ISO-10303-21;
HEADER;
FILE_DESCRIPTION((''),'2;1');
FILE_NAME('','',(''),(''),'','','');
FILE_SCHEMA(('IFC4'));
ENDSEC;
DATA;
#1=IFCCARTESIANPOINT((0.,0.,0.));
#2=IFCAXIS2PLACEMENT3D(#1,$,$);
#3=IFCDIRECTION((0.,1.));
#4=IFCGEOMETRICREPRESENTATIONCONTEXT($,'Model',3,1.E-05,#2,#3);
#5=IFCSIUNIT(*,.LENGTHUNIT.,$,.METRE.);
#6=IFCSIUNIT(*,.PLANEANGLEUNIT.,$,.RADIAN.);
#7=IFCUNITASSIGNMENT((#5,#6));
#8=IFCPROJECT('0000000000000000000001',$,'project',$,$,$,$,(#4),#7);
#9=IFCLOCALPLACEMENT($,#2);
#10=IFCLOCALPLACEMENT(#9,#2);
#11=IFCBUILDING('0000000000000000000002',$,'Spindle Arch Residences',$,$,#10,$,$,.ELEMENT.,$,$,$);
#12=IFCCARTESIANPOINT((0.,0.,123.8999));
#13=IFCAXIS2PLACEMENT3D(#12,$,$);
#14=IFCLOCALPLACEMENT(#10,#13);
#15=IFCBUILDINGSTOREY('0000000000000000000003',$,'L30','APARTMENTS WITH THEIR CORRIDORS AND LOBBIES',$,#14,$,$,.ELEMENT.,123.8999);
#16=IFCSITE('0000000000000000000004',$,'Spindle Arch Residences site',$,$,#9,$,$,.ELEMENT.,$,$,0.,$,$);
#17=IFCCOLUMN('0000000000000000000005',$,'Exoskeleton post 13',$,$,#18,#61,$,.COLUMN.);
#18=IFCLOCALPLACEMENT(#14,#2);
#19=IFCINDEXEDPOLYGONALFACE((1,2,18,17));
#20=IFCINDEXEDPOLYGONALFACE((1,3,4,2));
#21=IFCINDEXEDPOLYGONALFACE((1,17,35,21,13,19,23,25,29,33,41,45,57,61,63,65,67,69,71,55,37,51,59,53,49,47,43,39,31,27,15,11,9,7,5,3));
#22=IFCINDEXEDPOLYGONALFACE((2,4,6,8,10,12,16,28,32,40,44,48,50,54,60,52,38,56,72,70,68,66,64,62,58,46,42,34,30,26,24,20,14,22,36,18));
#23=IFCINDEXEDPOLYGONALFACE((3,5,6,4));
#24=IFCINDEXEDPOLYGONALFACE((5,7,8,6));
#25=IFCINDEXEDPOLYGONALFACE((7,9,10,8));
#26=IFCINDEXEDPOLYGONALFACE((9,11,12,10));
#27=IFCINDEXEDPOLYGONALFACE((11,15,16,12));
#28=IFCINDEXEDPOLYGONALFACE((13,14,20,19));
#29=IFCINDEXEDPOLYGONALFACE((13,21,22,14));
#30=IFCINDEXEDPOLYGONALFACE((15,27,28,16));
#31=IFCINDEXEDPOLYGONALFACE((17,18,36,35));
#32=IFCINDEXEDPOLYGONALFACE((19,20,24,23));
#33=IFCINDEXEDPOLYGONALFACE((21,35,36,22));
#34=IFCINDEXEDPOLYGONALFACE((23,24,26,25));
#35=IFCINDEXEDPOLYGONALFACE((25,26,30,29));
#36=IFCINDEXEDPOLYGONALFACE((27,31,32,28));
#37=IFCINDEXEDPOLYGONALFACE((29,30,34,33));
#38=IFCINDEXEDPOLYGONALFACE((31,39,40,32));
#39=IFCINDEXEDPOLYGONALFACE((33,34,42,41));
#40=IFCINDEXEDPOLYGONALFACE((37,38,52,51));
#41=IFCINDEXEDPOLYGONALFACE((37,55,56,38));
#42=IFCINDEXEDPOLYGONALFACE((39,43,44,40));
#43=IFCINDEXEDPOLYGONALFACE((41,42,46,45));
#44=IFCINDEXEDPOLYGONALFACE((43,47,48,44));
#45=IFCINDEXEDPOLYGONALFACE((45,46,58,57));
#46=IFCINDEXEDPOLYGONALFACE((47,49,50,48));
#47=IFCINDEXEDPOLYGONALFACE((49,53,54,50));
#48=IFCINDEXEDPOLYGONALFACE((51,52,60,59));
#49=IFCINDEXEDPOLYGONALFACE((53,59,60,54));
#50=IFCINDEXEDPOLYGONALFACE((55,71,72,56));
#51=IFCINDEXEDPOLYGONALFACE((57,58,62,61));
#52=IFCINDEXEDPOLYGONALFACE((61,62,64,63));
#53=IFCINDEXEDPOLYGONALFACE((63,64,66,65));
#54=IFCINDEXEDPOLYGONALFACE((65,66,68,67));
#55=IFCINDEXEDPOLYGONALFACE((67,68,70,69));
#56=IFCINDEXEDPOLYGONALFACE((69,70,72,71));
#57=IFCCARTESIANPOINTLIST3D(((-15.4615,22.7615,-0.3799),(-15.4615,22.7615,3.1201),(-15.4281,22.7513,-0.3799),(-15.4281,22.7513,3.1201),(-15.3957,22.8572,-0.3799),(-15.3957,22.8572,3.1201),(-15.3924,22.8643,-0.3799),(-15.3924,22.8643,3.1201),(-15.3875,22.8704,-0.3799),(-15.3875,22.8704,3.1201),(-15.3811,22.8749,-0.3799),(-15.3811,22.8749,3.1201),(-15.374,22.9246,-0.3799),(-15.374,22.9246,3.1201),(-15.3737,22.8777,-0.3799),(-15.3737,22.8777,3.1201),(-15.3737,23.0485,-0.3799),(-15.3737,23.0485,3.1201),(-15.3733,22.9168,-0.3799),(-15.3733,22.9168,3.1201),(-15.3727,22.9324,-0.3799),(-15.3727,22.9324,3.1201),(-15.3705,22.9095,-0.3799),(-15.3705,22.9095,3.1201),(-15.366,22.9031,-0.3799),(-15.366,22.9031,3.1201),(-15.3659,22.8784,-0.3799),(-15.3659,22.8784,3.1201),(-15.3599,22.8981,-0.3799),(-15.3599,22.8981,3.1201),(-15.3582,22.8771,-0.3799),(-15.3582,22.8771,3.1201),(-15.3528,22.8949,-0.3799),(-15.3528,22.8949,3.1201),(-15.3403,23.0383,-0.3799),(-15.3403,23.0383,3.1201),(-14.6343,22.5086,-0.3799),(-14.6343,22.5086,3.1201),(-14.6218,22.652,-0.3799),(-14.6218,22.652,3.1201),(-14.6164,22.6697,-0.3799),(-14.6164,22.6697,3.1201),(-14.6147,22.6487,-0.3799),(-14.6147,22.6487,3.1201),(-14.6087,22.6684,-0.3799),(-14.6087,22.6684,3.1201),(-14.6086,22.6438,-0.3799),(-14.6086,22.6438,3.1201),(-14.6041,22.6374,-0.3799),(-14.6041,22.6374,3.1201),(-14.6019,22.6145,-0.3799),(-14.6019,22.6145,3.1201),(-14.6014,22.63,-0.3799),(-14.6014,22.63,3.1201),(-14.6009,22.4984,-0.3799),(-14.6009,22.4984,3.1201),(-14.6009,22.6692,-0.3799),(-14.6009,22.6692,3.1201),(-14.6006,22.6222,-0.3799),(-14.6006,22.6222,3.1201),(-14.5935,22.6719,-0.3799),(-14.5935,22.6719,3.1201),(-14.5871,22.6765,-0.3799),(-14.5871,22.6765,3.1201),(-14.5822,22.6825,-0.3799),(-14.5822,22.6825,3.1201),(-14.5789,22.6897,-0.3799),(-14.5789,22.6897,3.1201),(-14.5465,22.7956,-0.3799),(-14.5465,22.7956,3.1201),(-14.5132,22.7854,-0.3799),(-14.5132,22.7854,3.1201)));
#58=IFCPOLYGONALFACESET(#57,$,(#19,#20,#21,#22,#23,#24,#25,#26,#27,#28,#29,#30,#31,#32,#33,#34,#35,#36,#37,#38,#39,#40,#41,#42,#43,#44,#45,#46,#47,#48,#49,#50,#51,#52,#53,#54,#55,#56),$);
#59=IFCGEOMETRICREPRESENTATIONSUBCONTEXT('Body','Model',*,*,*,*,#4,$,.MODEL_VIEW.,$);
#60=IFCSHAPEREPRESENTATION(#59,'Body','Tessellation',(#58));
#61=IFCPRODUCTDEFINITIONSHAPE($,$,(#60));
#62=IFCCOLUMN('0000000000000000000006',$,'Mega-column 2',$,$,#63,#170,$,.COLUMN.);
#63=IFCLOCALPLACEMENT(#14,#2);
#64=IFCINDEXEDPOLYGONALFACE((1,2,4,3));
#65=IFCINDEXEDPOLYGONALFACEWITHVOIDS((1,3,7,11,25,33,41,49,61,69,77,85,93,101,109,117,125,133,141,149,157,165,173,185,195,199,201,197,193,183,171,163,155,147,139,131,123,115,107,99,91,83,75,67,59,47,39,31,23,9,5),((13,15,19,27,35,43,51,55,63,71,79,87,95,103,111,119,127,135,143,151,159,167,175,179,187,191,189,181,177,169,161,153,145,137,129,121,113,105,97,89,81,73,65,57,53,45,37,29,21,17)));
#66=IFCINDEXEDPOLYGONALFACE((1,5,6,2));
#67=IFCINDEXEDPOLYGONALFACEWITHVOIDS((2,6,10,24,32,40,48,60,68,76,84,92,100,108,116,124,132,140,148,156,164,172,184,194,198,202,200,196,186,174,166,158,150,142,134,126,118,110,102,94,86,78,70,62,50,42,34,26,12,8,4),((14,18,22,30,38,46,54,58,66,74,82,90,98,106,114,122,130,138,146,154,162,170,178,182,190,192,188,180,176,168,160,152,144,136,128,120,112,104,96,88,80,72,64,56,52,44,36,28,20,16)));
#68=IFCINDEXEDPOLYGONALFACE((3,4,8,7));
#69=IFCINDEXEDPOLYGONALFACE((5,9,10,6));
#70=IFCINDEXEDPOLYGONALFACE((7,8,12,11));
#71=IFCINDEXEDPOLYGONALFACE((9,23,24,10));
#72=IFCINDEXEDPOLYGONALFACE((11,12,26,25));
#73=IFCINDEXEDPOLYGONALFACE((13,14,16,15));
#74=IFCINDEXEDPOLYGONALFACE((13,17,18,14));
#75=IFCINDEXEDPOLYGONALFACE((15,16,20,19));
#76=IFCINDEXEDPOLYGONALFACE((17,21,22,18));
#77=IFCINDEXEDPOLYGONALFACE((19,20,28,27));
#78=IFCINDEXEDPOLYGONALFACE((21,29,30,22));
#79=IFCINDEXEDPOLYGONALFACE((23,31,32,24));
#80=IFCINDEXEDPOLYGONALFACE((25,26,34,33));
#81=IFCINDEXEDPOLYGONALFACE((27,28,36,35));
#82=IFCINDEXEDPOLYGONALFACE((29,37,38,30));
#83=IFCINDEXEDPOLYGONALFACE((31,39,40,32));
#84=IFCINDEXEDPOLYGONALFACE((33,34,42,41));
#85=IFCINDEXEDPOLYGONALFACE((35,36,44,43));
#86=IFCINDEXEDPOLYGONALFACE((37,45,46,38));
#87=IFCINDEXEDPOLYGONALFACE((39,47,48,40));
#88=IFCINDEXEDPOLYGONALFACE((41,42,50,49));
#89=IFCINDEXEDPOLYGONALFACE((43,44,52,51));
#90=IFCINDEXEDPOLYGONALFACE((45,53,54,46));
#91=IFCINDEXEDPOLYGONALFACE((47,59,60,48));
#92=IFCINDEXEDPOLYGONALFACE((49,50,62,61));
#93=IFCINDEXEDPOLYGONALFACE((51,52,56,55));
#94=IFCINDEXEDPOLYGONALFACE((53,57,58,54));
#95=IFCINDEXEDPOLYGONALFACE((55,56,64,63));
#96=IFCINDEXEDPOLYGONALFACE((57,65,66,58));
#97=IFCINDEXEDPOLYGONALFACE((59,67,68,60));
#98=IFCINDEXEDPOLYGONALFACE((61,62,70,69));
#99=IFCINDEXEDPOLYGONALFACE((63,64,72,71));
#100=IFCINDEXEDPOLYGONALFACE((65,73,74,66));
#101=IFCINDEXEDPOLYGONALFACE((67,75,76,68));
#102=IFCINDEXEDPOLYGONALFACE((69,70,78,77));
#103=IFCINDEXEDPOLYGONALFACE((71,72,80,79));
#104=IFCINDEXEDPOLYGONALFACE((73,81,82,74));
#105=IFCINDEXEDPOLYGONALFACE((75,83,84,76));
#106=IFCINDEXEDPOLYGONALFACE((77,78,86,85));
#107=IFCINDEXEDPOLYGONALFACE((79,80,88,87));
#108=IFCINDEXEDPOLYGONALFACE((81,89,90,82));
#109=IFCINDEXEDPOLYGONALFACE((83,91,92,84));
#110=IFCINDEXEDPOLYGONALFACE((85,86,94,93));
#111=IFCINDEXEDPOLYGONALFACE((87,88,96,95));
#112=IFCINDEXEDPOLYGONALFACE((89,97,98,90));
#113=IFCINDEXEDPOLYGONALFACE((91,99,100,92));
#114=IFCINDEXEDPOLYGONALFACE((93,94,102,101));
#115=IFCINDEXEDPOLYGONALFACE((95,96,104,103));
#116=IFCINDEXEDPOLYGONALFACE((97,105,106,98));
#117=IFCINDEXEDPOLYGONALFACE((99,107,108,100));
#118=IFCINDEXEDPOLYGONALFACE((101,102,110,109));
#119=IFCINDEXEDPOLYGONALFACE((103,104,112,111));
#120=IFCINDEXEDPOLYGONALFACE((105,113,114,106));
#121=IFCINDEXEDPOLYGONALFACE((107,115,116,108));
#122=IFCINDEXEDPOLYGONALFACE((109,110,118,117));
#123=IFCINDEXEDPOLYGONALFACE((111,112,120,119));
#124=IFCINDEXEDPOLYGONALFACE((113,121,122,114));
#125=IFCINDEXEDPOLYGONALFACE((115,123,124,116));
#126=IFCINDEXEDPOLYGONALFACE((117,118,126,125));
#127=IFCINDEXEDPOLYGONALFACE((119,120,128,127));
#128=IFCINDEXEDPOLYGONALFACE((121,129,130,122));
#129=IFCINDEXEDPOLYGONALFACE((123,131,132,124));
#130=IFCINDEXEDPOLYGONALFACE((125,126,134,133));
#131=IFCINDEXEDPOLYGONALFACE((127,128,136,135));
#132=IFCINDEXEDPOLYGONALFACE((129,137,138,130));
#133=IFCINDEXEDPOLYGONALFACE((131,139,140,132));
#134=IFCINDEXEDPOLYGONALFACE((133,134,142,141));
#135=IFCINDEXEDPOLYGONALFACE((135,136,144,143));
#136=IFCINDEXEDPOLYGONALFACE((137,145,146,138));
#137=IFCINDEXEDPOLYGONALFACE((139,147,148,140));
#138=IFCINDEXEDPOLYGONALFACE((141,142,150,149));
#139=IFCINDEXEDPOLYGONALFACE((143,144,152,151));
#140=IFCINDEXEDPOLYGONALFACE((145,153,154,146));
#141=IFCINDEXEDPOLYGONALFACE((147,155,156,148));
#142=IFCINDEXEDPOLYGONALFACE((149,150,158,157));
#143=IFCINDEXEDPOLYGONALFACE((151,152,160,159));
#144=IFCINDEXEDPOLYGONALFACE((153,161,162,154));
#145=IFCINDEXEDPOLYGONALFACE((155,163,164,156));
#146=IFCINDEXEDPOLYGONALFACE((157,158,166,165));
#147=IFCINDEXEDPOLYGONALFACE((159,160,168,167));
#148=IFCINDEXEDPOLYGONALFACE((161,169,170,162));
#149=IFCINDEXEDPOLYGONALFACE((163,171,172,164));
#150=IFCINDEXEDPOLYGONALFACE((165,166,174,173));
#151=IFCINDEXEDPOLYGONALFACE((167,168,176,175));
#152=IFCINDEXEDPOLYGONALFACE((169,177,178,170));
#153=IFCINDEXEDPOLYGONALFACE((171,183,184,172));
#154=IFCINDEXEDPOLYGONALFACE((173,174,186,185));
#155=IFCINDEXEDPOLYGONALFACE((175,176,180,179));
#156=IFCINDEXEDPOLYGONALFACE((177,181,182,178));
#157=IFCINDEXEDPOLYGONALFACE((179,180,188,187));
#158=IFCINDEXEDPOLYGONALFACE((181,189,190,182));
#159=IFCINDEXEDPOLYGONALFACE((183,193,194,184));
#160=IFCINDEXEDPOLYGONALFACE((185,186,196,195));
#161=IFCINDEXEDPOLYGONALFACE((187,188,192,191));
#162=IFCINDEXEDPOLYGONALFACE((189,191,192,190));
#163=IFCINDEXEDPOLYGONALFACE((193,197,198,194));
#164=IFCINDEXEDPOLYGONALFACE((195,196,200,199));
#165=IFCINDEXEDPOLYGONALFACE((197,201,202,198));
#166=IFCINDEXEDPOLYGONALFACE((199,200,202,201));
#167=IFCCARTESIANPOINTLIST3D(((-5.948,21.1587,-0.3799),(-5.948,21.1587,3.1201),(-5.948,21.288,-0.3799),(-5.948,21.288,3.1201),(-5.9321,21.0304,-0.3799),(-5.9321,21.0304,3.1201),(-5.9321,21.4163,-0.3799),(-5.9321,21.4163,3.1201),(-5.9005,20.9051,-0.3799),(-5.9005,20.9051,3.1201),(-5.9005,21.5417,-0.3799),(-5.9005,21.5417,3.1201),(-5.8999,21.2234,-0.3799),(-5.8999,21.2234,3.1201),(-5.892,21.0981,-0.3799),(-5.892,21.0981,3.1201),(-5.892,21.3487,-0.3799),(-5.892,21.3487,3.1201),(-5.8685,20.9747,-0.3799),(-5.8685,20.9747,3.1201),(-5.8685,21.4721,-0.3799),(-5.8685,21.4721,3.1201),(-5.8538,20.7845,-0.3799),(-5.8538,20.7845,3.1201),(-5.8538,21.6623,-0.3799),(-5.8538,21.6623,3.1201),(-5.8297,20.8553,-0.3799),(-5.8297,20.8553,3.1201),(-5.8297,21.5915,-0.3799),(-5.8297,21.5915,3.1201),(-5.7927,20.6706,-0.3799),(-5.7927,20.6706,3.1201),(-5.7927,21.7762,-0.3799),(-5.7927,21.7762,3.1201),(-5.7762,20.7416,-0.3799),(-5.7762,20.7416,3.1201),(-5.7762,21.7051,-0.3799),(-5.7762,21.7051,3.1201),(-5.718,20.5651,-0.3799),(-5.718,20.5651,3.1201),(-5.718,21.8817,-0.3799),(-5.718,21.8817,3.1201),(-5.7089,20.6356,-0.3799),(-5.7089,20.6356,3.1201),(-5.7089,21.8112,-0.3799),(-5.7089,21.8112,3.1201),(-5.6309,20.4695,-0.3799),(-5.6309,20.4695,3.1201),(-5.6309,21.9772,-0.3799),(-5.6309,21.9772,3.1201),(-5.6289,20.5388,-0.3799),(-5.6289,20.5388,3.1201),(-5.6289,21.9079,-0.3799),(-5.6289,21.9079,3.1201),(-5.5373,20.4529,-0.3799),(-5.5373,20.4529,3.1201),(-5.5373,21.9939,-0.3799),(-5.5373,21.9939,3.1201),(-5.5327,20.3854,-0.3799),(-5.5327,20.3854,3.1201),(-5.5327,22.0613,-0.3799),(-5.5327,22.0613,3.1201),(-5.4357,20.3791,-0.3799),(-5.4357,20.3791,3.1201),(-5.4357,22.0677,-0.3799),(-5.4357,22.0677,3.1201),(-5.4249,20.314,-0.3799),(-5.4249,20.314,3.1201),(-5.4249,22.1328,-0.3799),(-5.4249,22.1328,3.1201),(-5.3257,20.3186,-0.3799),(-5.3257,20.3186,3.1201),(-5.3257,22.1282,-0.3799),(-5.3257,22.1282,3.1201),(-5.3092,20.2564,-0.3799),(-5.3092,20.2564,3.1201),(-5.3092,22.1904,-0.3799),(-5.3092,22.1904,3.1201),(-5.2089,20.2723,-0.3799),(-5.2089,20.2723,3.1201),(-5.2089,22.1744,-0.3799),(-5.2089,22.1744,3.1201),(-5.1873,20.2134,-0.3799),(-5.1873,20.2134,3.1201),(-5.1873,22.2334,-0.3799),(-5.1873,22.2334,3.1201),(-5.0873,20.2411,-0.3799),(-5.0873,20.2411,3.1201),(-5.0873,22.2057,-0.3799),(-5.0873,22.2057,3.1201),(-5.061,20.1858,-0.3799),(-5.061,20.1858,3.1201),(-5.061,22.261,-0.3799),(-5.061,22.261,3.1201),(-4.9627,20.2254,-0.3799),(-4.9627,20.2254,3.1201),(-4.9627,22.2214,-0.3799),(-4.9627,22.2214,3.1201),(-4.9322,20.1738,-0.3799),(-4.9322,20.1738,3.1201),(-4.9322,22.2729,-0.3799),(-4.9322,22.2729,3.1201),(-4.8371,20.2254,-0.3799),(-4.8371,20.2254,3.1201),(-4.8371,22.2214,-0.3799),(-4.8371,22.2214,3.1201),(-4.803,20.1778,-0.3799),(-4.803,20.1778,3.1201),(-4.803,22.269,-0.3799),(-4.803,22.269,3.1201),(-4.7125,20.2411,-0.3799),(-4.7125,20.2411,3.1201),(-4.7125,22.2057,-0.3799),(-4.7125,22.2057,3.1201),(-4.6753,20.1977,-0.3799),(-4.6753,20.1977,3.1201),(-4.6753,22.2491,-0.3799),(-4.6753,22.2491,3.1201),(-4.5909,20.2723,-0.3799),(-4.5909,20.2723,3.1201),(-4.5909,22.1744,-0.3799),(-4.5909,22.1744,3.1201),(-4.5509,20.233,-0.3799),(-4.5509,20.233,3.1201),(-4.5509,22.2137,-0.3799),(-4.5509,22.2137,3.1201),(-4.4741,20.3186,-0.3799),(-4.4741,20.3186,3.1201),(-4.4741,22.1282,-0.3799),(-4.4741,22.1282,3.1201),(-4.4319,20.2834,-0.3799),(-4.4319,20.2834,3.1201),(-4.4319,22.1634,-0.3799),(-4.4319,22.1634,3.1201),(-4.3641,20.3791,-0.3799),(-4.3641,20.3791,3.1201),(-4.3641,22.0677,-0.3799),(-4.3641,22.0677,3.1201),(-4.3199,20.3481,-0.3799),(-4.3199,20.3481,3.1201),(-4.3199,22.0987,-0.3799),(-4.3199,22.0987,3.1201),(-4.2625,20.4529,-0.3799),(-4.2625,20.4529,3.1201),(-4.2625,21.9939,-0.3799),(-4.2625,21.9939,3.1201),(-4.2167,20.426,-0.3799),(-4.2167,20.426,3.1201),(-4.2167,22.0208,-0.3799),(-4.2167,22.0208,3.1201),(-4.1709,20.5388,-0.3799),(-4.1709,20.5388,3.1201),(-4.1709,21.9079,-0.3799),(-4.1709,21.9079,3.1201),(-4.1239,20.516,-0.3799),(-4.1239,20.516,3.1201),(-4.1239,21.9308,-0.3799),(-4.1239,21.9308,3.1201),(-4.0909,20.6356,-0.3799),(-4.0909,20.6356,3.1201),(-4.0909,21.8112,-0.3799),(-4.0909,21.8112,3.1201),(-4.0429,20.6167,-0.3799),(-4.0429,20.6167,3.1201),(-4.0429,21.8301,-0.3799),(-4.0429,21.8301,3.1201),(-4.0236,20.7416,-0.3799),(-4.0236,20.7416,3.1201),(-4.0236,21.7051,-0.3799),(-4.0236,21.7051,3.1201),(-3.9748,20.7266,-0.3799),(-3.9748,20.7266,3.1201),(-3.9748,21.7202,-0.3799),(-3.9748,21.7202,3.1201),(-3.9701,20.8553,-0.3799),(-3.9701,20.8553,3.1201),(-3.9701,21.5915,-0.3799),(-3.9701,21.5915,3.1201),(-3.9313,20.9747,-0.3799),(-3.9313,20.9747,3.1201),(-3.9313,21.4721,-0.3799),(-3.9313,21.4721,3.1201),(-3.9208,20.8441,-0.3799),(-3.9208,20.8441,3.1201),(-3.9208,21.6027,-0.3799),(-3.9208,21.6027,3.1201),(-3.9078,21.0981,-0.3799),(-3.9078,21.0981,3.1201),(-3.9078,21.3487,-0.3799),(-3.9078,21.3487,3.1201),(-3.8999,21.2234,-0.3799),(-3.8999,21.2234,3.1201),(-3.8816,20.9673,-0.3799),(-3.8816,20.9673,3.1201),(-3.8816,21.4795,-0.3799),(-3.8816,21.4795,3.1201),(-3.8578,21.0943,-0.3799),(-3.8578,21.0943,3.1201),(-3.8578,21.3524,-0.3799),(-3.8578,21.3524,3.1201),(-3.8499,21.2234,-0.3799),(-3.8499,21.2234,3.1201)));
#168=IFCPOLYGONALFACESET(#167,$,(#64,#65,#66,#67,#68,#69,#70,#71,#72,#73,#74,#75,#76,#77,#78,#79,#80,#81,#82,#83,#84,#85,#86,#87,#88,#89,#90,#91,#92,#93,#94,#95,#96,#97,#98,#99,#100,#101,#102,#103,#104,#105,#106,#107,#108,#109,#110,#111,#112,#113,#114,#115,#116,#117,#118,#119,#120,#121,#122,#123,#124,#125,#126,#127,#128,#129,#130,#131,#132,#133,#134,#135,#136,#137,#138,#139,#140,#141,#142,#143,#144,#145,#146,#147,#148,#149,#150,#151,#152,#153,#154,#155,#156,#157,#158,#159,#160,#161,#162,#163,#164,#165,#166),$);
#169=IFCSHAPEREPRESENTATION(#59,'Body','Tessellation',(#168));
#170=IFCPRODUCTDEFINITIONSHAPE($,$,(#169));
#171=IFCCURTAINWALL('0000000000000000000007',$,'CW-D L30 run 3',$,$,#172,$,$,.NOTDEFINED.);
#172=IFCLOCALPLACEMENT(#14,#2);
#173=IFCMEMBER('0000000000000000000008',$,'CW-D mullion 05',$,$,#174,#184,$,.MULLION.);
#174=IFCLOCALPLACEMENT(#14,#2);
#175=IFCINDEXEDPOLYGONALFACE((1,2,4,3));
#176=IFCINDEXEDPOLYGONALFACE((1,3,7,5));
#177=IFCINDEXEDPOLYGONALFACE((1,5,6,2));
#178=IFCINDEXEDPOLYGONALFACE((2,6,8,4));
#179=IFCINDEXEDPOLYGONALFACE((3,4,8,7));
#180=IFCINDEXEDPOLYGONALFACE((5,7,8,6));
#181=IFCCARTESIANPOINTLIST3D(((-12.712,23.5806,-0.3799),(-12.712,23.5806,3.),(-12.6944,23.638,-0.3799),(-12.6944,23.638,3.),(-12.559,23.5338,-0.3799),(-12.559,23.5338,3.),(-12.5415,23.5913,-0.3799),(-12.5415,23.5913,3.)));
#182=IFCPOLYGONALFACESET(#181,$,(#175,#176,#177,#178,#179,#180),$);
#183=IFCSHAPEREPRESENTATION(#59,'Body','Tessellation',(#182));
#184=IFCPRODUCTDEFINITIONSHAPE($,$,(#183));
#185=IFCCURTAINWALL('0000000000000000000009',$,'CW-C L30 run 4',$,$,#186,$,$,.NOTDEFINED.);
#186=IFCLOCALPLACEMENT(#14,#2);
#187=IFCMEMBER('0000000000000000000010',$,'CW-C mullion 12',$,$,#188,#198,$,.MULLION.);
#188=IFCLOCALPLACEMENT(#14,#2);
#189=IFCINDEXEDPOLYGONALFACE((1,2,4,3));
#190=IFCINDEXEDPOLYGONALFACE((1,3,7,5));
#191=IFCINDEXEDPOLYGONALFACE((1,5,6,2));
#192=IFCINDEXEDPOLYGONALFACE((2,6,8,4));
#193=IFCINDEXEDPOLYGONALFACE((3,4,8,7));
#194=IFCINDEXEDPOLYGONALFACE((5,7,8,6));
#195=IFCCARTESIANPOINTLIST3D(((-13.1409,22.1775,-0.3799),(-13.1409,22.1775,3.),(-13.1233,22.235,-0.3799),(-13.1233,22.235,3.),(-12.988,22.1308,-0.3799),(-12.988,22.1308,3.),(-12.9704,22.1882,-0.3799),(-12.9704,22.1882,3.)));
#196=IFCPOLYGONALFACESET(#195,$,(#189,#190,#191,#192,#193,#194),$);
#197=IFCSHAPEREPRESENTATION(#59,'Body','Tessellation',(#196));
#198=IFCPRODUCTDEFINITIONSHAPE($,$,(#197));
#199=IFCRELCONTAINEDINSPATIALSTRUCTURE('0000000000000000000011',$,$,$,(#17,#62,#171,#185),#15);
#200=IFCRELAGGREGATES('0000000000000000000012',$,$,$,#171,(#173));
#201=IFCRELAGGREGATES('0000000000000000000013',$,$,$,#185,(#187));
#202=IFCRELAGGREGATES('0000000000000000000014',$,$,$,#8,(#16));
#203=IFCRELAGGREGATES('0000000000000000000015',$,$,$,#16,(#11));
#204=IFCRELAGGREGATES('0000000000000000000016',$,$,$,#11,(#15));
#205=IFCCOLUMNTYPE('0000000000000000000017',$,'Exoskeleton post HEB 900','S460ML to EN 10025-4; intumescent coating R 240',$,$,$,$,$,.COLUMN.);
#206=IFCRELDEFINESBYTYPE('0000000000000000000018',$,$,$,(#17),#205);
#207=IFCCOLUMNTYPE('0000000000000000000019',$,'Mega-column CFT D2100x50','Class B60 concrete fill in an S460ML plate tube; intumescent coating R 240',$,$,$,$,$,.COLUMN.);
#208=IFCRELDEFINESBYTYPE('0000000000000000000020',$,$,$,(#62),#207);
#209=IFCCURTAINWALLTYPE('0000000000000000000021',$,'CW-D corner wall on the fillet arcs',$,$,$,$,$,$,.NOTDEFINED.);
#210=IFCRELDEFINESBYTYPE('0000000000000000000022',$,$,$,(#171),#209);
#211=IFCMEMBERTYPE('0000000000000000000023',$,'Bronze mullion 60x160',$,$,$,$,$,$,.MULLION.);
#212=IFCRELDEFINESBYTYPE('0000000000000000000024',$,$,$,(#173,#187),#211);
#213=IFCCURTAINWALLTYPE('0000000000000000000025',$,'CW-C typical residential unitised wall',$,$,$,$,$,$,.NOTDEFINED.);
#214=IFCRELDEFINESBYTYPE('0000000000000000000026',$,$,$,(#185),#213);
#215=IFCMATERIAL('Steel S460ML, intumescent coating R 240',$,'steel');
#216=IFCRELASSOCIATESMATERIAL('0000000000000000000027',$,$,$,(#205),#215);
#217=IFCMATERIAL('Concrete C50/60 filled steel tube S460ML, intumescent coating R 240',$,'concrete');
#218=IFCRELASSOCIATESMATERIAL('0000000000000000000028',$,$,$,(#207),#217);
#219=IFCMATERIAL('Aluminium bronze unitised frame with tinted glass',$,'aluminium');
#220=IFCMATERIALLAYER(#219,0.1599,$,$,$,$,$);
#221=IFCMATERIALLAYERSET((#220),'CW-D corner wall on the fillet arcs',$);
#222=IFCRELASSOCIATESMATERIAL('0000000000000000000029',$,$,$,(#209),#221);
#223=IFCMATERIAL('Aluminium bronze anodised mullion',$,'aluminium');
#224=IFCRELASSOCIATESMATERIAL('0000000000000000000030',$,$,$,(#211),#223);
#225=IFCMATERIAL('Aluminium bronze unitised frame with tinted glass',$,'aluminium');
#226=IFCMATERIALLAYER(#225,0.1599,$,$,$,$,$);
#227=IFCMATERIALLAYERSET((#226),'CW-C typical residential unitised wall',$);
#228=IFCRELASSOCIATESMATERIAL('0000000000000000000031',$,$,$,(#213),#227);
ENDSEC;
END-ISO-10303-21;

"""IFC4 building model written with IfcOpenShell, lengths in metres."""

from ifc_helpers import new_model, si_unit, direction, frame, origin, origin_2d, place, context, subcontext, project, spatial, rectangle, hollow_circle, i_section, extrude, material, layer, layer_set, material_profile, profile_set, type_object, element, aggregate, save


model = new_model("IFC4")

# Units and contexts
model_context = context("Model", 3, precision=1e-05, world=origin(), true_north=direction((0.0, 1.0)))
body_context = subcontext(model_context, "Body", "Model", "MODEL_VIEW")
ifc_project = project(units=[si_unit("LENGTHUNIT", "METRE"), si_unit("PLANEANGLEUNIT", "RADIAN")], contexts=[model_context])

# Site, building, storey
site_placement = place(None, origin())
site = spatial("IfcSite", under=ifc_project, at=site_placement, Name="Spindle Arch Residences site", CompositionType="ELEMENT", RefElevation=0.0)
building_placement = place(site_placement, origin())
building = spatial("IfcBuilding", under=site, at=building_placement, Name="Spindle Arch Residences", CompositionType="ELEMENT")
storey_placement = place(building_placement, frame((0.0, 0.0, 123.8999)))
storey = spatial("IfcBuildingStorey", under=building, at=storey_placement, Name="L30", Description="APARTMENTS WITH THEIR CORRIDORS AND LOBBIES", CompositionType="ELEMENT", Elevation=123.8999)

# Columns
ifc_material_1 = material(Name="Steel S460ML, intumescent coating R 240", Category="steel")
ifc_material_profile_1 = material_profile(ifc_material_1, i_section(OverallWidth=0.3, OverallDepth=0.8999, WebThickness=0.0186, FlangeThickness=0.0349, FilletRadius=0.03, at=origin_2d()), Name="HEB 900")
ifc_profile_set_1 = profile_set([ifc_material_profile_1], Name="Steel S460ML, intumescent coating R 240")
column_type_1 = type_object("IfcColumnType", Name="Exoskeleton post HEB 900", Description="S460ML to EN 10025-4; intumescent coating R 240", PredefinedType="COLUMN", material=ifc_profile_set_1)
column_1_placement = place(storey_placement, frame((-14.9873, 22.7734, -0.3799), z_axis=(0.0, 0.0, 1.0), x_axis=(0.292372, 0.956305, 0.0)))
element("IfcColumn", 1, at=column_1_placement, inside=storey, type_object=column_type_1, Name="Exoskeleton post 13", PredefinedType="COLUMN", context=body_context, shape_type="SweptSolid", body=[
    extrude(i_section(OverallWidth=0.3, OverallDepth=0.8999, WebThickness=0.0186, FlangeThickness=0.0349, FilletRadius=0.03, at=origin_2d()), origin(), (0.0, 0.0, 1.0), 3.5),
])
ifc_material_2 = material(Name="Concrete C50/60 filled steel tube S460ML, intumescent coating R 240", Category="concrete")
ifc_material_profile_2 = material_profile(ifc_material_2, hollow_circle(Radius=1.05, WallThickness=0.05, at=origin_2d()), Name="CFT D2100x50")
ifc_profile_set_2 = profile_set([ifc_material_profile_2], Name="Concrete C50/60 filled steel tube S460ML, intumescent coating R 240")
column_type_2 = type_object("IfcColumnType", Name="Mega-column CFT D2100x50", Description="Class B60 concrete fill in an S460ML plate tube; intumescent coating R 240", PredefinedType="COLUMN", material=ifc_profile_set_2)
column_2_placement = place(storey_placement, frame((-4.8999, 21.2234, -0.3799), z_axis=(0.0, 0.0, 1.0), x_axis=(1.0, 0.0, 0.0)))
element("IfcColumn", 2, at=column_2_placement, inside=storey, type_object=column_type_2, Name="Mega-column 2", PredefinedType="COLUMN", context=body_context, shape_type="SweptSolid", body=[
    extrude(hollow_circle(Radius=1.05, WallThickness=0.05, at=origin_2d()), origin(), (0.0, 0.0, 1.0), 3.5),
])

# Curtain walls, members
ifc_material_3 = material(Name="Aluminium bronze unitised frame with tinted glass", Category="aluminium")
ifc_layer_1 = layer(ifc_material_3, 0.1599)
ifc_layer_set_1 = layer_set([ifc_layer_1], Name="CW-D corner wall on the fillet arcs")
curtain_wall_type_1 = type_object("IfcCurtainWallType", Name="CW-D corner wall on the fillet arcs", PredefinedType="NOTDEFINED", material=ifc_layer_set_1)
curtain_wall_1_placement = place(storey_placement, origin())
curtain_wall_1 = element("IfcCurtainWall", 3, at=curtain_wall_1_placement, inside=storey, type_object=curtain_wall_type_1, Name="CW-D L30 run 3", PredefinedType="NOTDEFINED")
ifc_material_4 = material(Name="Aluminium bronze anodised mullion", Category="aluminium")
ifc_material_profile_3 = material_profile(ifc_material_4, rectangle(XDim=0.1599, YDim=0.0601, at=origin_2d()), Name="MU 60x160")
ifc_profile_set_3 = profile_set([ifc_material_profile_3], Name="Aluminium bronze anodised mullion")
member_type_1 = type_object("IfcMemberType", Name="Bronze mullion 60x160", PredefinedType="MULLION", material=ifc_profile_set_3)
member_1_placement = place(storey_placement, frame((-12.6267, 23.5859, -0.3799), z_axis=(0.0, 0.0, 1.0), x_axis=(0.956305, -0.292372, 0.0)))
member_1 = element("IfcMember", 4, at=member_1_placement, type_object=member_type_1, Name="CW-D mullion 05", PredefinedType="MULLION", context=body_context, shape_type="SweptSolid", body=[
    extrude(rectangle(XDim=0.1599, YDim=0.0601, at=origin_2d()), origin(), (0.0, 0.0, 1.0), 3.3799),
])
ifc_material_5 = material(Name="Aluminium bronze unitised frame with tinted glass", Category="aluminium")
ifc_layer_2 = layer(ifc_material_5, 0.1599)
ifc_layer_set_2 = layer_set([ifc_layer_2], Name="CW-C typical residential unitised wall")
curtain_wall_type_2 = type_object("IfcCurtainWallType", Name="CW-C typical residential unitised wall", PredefinedType="NOTDEFINED", material=ifc_layer_set_2)
curtain_wall_2_placement = place(storey_placement, origin())
curtain_wall_2 = element("IfcCurtainWall", 5, at=curtain_wall_2_placement, inside=storey, type_object=curtain_wall_type_2, Name="CW-C L30 run 4", PredefinedType="NOTDEFINED")
member_2_placement = place(storey_placement, frame((-13.0557, 22.1829, -0.3799), z_axis=(0.0, 0.0, 1.0), x_axis=(0.956305, -0.292372, 0.0)))
member_2 = element("IfcMember", 6, at=member_2_placement, type_object=member_type_1, Name="CW-C mullion 12", PredefinedType="MULLION", context=body_context, shape_type="SweptSolid", body=[
    extrude(rectangle(XDim=0.1599, YDim=0.0601, at=origin_2d()), origin(), (0.0, 0.0, 1.0), 3.3799),
])

aggregate(curtain_wall_1, [member_1])
aggregate(curtain_wall_2, [member_2])

save(model, "model.ifc")
